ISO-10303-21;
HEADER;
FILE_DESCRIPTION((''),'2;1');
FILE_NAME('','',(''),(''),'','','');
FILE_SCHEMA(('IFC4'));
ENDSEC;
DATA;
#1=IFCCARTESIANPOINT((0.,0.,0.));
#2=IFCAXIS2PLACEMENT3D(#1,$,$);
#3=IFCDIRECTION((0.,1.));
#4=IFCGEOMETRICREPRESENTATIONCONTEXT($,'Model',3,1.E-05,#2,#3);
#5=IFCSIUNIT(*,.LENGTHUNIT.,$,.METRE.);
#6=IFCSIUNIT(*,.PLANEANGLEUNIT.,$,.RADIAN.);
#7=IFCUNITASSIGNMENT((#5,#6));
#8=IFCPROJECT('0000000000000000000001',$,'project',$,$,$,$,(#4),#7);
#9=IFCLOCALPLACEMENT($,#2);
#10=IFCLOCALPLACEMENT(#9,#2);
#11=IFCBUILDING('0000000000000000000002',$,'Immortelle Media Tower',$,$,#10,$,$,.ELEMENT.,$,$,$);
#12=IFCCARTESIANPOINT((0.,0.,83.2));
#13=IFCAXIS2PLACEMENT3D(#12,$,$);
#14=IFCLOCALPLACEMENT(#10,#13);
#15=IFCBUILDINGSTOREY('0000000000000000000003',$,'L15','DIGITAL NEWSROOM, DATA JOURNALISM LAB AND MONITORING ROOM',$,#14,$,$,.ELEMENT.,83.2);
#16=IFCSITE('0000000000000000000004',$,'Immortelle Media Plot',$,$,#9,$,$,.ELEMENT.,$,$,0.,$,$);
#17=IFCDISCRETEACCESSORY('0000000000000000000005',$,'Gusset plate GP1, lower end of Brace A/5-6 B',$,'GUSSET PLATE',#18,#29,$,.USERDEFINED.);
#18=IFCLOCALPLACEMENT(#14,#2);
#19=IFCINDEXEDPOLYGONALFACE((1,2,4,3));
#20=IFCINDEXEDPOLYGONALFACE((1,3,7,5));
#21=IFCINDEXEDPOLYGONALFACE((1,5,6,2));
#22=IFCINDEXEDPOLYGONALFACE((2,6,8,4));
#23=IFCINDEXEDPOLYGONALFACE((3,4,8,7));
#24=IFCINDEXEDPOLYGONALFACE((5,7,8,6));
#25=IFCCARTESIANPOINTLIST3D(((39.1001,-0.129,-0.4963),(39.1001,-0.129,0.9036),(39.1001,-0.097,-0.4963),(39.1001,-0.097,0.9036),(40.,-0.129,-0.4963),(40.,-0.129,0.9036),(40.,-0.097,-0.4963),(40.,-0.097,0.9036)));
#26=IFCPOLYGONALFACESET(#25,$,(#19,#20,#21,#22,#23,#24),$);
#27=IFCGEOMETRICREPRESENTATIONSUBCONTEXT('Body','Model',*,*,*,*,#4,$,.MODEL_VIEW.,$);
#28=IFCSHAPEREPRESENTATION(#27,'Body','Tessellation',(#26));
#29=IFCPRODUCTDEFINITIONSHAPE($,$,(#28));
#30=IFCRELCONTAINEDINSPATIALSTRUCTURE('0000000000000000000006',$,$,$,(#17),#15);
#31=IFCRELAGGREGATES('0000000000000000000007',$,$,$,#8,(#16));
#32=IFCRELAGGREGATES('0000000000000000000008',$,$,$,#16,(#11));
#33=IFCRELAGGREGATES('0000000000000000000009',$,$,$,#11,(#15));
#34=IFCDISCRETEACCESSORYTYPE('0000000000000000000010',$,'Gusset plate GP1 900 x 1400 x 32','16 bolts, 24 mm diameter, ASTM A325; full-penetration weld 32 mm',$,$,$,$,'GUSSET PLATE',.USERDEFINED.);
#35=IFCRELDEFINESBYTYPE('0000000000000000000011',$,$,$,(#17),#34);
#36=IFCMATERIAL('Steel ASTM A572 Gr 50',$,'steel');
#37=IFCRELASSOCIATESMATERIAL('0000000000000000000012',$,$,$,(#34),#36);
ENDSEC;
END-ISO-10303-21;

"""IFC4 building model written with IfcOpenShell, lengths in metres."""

from ifc_helpers import new_model, si_unit, direction, frame, origin, origin_2d, place, context, subcontext, project, spatial, rectangle, extrude, material, material_profile, profile_set, type_object, element, save


model = new_model("IFC4")

# Units and contexts
model_context = context("Model", 3, precision=1e-05, world=origin(), true_north=direction((0.0, 1.0)))
body_context = subcontext(model_context, "Body", "Model", "MODEL_VIEW")
ifc_project = project(units=[si_unit("LENGTHUNIT", "METRE"), si_unit("PLANEANGLEUNIT", "RADIAN")], contexts=[model_context])

# Site, building, storey
site_placement = place(None, origin())
site = spatial("IfcSite", under=ifc_project, at=site_placement, Name="Immortelle Media Plot", CompositionType="ELEMENT", RefElevation=0.0)
building_placement = place(site_placement, origin())
building = spatial("IfcBuilding", under=site, at=building_placement, Name="Immortelle Media Tower", CompositionType="ELEMENT")
storey_placement = place(building_placement, frame((0.0, 0.0, 83.2)))
storey = spatial("IfcBuildingStorey", under=building, at=storey_placement, Name="L15", Description="DIGITAL NEWSROOM, DATA JOURNALISM LAB AND MONITORING ROOM", CompositionType="ELEMENT", Elevation=83.2)

# Discrete accessory
ifc_material_1 = material(Name="Steel ASTM A572 Gr 50", Category="steel")
ifc_material_profile_1 = material_profile(ifc_material_1, rectangle(XDim=0.032, YDim=1.3999, at=origin_2d()), Name="PL 32 x 1400")
ifc_profile_set_1 = profile_set([ifc_material_profile_1], Name="Steel ASTM A572 Gr 50")
discrete_accessory_type_1 = type_object("IfcDiscreteAccessoryType", Name="Gusset plate GP1 900 x 1400 x 32", Description="16 bolts, 24 mm diameter, ASTM A325; full-penetration weld 32 mm", ElementType="GUSSET PLATE", PredefinedType="USERDEFINED", material=ifc_profile_set_1)
for number, where, z_axis, x_axis, name in (
    (1, (40.0, -0.113, 0.2036), (-1.0, 0.0, 0.0), (0.0, -1.0, 0.0), "Gusset plate GP1, lower end of Brace A/5-6 B"),
):
    element("IfcDiscreteAccessory", number, at=place(storey_placement, frame(where, z_axis=z_axis, x_axis=x_axis)), inside=storey, type_object=discrete_accessory_type_1, Name=name, ObjectType="GUSSET PLATE", PredefinedType="USERDEFINED", context=body_context, shape_type="SweptSolid", body=[
        extrude(rectangle(XDim=0.032, YDim=1.3999, at=origin_2d()), origin(), (0.0, 0.0, 1.0), 0.8999),
    ])

save(model, "model.ifc")
